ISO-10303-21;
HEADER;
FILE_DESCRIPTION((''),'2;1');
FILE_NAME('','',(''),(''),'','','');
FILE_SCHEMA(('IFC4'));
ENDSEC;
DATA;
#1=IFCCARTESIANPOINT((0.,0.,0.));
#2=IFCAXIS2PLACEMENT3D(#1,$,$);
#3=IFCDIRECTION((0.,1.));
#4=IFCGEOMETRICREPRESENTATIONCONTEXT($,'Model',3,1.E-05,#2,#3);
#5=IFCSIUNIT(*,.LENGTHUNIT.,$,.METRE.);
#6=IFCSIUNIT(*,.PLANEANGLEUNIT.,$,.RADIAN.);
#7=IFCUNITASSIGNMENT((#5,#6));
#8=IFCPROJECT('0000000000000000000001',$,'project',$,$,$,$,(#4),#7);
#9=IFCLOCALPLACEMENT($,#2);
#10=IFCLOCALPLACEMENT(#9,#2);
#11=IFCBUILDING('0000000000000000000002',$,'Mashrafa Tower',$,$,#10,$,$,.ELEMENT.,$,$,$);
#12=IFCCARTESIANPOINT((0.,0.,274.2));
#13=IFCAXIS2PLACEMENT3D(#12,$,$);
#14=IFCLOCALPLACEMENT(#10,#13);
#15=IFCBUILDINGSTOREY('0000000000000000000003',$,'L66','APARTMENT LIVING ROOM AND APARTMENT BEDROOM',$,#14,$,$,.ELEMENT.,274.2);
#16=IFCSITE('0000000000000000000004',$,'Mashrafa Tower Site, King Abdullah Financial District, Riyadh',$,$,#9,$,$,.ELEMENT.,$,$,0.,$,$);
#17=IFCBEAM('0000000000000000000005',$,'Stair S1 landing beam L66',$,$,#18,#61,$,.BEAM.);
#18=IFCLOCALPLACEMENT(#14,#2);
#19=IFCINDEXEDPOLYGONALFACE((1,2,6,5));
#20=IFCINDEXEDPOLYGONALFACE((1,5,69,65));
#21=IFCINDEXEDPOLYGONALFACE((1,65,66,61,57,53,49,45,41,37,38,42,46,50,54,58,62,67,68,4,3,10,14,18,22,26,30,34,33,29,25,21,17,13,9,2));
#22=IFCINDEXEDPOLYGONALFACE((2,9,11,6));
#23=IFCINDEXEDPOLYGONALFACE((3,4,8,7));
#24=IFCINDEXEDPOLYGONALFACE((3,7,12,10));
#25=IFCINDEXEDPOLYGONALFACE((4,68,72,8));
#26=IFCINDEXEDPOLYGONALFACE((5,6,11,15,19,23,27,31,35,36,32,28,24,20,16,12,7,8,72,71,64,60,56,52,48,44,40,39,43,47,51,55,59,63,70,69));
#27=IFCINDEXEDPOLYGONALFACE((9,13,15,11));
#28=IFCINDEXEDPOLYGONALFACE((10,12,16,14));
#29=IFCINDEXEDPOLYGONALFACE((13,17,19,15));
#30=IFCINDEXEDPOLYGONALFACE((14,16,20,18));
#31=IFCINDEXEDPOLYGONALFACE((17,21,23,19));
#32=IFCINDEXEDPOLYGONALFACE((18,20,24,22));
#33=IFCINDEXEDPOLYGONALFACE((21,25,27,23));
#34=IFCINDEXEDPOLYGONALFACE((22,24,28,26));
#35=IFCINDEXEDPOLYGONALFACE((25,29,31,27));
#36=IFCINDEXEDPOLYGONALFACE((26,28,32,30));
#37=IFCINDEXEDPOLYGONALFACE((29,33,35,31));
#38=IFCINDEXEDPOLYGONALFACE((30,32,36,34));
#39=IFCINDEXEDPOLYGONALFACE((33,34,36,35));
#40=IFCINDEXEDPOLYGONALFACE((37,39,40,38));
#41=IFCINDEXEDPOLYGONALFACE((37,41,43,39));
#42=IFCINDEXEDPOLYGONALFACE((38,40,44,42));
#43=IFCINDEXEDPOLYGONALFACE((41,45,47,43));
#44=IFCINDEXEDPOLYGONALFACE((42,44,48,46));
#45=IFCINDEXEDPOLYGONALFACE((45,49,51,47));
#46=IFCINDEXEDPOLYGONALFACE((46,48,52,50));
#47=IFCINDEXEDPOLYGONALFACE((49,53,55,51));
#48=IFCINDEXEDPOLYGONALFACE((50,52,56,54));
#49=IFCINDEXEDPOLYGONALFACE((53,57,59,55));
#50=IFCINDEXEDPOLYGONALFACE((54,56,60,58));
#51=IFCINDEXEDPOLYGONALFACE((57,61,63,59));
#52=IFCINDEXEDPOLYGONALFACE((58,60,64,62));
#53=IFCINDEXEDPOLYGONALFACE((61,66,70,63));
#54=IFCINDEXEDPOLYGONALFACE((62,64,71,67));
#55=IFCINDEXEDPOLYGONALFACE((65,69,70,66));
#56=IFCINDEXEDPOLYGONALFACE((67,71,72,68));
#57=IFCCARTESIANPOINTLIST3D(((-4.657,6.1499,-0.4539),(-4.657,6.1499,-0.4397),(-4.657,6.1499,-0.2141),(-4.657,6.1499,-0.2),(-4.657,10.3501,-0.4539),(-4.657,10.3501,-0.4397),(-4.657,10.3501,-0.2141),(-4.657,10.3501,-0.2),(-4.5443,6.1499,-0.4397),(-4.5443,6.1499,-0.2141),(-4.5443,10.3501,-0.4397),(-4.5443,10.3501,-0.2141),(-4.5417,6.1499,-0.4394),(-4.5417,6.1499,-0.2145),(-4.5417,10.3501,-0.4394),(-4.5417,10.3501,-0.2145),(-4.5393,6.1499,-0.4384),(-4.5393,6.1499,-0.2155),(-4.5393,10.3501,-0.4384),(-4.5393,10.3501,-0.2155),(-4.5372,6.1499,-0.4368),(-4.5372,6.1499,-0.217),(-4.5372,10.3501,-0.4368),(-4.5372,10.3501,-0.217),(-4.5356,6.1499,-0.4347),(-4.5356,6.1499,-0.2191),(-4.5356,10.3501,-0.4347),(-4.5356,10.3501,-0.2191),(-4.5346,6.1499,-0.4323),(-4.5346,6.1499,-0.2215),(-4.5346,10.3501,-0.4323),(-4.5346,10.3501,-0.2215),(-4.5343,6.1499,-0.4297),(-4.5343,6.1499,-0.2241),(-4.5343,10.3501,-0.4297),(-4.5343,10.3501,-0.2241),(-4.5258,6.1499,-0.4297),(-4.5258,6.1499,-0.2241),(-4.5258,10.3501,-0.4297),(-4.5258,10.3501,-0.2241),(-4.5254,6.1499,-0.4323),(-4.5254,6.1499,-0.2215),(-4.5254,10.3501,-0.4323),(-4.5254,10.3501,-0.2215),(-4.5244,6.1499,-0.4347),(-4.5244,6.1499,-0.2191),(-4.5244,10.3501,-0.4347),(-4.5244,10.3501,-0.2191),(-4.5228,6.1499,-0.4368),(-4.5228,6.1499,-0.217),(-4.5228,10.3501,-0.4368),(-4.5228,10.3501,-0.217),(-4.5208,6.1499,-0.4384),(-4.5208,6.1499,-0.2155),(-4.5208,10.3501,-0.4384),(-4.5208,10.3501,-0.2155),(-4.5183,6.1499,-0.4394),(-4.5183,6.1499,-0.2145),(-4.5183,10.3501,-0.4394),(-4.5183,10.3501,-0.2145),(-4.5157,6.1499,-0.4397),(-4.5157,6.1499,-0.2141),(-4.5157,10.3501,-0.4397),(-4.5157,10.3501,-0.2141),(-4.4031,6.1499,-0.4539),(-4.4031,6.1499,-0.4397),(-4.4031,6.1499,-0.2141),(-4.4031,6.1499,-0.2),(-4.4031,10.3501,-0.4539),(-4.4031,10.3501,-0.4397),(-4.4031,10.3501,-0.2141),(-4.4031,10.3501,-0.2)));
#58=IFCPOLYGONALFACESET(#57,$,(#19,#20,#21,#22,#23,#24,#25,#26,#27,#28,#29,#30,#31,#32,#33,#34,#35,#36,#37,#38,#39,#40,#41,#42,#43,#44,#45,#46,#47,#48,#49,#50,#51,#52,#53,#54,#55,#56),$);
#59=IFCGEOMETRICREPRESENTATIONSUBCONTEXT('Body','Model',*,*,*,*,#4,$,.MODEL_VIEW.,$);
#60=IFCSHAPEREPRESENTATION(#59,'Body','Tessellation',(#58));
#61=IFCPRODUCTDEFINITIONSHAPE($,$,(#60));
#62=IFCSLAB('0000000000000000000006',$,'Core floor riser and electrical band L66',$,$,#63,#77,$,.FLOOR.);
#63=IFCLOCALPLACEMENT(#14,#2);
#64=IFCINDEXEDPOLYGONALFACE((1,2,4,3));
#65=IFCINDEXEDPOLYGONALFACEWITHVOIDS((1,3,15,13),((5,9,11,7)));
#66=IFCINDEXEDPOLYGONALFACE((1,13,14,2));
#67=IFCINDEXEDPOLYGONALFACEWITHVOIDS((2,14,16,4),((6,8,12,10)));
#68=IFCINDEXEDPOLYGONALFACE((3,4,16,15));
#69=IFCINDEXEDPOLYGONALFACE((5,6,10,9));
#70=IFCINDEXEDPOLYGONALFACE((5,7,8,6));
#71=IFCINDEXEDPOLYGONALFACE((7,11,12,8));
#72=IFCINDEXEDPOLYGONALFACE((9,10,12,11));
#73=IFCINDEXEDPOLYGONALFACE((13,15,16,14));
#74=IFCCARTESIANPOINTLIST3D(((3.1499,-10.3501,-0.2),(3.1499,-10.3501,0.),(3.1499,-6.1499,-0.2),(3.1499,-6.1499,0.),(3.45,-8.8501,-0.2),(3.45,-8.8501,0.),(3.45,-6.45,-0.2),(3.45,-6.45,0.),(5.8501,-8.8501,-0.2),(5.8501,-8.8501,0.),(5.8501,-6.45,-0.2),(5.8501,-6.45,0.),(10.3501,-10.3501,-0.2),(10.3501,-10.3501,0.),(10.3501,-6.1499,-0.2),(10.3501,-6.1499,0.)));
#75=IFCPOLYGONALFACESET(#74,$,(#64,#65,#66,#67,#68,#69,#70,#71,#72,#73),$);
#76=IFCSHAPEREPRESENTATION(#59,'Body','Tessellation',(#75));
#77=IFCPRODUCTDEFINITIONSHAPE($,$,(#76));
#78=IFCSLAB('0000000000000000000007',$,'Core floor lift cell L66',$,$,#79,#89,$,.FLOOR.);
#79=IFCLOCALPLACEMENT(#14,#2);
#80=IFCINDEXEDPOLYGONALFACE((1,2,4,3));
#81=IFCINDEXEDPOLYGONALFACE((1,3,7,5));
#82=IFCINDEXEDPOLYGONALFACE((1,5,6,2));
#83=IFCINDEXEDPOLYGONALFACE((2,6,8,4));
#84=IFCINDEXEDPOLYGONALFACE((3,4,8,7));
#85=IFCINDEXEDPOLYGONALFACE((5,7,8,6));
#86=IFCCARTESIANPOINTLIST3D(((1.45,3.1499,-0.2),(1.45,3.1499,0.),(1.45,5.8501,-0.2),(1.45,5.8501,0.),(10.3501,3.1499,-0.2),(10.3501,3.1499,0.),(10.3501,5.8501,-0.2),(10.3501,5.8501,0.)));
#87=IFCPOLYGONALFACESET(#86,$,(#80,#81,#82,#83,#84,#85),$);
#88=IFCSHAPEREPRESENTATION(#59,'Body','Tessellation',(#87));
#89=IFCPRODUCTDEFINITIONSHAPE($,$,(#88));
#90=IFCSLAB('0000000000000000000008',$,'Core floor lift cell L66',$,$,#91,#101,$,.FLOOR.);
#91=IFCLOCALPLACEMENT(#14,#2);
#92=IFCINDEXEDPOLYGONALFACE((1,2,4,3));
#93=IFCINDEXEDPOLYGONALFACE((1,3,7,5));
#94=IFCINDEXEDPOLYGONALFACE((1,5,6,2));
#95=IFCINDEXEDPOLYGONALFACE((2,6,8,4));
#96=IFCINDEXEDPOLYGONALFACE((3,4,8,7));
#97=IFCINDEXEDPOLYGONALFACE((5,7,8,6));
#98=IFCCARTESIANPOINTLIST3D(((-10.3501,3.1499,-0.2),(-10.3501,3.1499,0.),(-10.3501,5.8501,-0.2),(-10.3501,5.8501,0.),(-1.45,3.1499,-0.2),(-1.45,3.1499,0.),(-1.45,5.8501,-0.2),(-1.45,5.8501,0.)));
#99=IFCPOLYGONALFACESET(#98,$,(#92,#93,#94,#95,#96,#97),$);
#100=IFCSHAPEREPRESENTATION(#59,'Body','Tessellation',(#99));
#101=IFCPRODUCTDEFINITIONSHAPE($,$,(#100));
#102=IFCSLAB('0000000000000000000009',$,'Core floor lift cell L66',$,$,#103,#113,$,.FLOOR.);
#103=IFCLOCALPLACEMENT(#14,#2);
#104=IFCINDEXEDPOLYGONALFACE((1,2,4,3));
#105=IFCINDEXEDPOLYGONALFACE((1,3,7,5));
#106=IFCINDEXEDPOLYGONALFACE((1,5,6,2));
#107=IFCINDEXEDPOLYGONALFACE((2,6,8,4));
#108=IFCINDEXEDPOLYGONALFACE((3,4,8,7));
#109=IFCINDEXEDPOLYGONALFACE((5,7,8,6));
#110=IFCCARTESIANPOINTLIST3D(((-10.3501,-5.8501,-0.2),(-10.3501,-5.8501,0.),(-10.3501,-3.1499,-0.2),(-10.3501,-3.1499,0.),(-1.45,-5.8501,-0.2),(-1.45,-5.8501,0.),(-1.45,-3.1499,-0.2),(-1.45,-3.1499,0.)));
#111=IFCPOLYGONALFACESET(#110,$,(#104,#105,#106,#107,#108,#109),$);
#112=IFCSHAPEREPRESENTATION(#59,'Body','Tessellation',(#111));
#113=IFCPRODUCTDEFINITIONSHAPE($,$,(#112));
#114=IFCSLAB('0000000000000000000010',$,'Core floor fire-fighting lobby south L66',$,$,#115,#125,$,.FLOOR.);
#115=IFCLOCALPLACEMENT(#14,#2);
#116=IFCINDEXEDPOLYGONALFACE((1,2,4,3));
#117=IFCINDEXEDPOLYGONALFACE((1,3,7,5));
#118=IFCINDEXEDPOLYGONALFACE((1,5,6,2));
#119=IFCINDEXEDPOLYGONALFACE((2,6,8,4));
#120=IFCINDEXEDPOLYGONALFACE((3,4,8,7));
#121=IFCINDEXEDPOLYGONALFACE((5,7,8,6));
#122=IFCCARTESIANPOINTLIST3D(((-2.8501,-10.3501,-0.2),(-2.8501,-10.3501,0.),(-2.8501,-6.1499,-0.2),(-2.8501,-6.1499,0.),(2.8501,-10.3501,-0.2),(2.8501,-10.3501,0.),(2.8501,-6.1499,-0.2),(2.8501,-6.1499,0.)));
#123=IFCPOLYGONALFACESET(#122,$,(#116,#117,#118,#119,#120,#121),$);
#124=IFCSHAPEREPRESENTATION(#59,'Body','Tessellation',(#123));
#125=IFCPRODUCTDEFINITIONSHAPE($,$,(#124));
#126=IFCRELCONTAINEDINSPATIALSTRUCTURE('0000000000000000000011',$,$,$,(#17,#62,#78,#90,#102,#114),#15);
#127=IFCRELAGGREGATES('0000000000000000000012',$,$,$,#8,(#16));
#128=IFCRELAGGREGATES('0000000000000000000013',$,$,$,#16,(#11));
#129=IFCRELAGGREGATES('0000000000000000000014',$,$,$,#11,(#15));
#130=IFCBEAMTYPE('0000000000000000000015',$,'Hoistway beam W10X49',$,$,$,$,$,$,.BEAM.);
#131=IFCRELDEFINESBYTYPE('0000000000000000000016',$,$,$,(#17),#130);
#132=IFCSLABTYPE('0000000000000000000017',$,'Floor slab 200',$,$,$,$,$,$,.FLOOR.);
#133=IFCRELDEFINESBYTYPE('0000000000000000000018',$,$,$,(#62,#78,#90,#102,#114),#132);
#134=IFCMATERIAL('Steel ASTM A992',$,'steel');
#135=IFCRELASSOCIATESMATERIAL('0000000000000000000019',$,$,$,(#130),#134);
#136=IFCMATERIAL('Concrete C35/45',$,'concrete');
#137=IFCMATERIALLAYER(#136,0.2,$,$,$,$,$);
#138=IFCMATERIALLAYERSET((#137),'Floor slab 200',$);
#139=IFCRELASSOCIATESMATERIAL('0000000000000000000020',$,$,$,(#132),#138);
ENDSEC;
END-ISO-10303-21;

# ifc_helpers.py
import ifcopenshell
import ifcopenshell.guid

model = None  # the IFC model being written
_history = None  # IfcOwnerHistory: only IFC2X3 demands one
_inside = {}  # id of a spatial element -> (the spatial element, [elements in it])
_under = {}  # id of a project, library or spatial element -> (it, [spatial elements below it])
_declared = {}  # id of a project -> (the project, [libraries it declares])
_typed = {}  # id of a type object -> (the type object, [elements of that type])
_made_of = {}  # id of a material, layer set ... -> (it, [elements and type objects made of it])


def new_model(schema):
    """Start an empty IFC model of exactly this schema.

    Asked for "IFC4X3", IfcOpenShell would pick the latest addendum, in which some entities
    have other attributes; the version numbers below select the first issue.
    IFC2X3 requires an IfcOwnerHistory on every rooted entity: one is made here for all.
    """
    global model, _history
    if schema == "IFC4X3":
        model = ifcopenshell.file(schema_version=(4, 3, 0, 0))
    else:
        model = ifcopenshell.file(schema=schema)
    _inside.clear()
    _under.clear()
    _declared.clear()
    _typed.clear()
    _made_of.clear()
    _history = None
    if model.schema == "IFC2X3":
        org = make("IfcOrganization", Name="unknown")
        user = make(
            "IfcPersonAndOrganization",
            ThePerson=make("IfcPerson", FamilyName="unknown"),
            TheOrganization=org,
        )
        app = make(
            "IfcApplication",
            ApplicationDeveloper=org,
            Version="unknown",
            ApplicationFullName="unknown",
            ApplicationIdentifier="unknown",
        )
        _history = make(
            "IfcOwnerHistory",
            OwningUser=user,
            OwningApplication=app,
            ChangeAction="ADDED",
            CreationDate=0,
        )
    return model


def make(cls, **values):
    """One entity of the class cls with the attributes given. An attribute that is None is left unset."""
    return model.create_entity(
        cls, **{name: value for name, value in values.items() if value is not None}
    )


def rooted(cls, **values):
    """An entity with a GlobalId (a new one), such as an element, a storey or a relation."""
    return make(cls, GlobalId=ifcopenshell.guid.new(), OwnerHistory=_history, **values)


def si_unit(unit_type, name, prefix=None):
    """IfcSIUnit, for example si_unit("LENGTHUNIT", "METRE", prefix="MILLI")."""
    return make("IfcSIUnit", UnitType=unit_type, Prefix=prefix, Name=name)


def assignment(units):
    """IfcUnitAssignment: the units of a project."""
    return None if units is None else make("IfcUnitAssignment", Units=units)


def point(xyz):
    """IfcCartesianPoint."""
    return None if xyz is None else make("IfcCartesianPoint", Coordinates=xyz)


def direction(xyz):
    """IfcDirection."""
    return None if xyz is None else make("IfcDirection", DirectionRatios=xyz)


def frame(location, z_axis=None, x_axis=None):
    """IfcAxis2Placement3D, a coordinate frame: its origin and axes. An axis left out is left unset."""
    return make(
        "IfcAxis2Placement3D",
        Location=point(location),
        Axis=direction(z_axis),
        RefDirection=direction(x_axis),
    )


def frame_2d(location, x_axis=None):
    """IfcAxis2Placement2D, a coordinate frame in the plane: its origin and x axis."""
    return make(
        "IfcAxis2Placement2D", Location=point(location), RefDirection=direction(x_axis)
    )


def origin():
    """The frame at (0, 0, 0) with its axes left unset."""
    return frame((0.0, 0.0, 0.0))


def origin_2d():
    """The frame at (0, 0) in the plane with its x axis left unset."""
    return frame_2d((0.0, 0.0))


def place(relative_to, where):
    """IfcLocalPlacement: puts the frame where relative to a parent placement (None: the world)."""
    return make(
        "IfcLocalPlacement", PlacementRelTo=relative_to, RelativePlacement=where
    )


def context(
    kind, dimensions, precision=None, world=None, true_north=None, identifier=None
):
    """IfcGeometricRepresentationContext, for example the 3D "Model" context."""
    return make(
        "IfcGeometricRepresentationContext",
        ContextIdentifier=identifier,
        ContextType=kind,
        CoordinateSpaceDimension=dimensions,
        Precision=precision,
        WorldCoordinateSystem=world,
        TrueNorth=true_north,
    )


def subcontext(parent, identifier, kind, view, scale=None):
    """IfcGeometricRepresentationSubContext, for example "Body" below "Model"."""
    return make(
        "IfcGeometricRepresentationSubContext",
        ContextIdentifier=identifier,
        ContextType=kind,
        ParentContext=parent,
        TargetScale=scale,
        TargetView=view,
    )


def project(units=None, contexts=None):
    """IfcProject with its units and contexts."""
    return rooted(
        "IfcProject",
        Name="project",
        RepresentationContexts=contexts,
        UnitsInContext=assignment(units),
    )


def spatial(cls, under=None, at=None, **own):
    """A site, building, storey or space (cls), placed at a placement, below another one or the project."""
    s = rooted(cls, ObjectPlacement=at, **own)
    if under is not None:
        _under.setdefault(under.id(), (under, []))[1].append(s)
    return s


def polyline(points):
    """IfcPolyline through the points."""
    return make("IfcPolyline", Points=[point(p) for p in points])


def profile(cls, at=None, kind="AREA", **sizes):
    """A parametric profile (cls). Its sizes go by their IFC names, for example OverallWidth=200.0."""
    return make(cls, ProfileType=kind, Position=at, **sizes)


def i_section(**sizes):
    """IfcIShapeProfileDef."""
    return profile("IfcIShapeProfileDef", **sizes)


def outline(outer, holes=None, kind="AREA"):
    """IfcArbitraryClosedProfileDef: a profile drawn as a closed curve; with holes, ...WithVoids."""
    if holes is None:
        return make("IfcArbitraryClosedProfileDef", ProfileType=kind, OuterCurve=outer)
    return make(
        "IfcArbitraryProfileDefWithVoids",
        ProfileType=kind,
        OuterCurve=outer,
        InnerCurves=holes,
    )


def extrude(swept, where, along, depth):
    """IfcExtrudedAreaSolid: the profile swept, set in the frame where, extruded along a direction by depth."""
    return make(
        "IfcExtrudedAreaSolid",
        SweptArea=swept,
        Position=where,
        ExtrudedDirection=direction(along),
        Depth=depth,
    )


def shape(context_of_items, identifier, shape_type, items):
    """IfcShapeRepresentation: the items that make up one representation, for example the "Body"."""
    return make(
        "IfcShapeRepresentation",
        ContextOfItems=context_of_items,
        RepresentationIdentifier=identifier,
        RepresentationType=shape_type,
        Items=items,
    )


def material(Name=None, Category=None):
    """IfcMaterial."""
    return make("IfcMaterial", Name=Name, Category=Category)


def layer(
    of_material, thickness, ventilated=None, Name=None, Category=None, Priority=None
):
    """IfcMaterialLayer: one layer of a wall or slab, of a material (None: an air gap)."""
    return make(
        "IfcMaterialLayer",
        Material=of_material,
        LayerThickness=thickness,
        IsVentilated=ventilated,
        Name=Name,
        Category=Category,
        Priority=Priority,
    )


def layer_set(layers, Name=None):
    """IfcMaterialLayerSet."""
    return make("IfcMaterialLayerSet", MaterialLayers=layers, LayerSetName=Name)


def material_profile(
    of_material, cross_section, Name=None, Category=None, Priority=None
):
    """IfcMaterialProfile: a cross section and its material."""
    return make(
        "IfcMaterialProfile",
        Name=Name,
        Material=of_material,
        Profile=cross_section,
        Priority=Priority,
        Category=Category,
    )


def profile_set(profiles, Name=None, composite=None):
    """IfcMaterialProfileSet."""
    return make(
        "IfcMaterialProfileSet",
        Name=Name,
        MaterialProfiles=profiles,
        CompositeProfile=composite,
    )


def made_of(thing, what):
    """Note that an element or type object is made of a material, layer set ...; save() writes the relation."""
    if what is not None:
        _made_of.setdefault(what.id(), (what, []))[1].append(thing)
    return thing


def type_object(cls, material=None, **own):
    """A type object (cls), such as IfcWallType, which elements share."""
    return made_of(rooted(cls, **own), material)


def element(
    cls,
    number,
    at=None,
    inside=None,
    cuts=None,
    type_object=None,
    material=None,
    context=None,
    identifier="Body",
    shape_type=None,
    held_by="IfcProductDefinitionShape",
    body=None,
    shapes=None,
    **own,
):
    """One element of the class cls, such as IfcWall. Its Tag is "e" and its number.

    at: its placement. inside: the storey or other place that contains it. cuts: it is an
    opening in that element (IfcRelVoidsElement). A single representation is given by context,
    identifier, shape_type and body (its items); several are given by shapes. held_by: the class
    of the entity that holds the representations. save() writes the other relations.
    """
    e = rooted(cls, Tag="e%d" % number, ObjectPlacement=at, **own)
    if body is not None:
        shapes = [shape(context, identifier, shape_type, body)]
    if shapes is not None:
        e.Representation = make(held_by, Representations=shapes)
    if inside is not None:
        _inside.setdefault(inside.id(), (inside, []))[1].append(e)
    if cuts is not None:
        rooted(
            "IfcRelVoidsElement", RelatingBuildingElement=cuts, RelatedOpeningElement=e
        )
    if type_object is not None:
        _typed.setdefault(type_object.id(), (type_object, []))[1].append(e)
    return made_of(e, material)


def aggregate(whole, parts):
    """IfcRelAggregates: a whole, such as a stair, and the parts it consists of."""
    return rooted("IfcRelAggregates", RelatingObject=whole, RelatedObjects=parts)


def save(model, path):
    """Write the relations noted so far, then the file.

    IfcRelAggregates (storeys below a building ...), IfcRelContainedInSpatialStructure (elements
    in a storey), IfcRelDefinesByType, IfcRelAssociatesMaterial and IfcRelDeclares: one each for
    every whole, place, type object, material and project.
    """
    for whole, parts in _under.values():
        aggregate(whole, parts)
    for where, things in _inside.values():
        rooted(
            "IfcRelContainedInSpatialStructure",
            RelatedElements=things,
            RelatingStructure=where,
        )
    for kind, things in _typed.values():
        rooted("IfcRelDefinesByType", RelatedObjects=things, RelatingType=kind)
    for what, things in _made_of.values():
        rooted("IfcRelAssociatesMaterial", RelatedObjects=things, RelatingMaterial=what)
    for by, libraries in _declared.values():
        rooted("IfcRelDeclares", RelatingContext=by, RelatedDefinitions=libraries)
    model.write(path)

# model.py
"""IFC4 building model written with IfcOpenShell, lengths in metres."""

from ifc_helpers import new_model, si_unit, direction, frame, origin, origin_2d, place, context, subcontext, project, spatial, polyline, i_section, outline, extrude, material, layer, layer_set, material_profile, profile_set, type_object, element, save


model = new_model("IFC4")

# Units and contexts
model_context = context("Model", 3, precision=1e-05, world=origin(), true_north=direction((0.0, 1.0)))
body_context = subcontext(model_context, "Body", "Model", "MODEL_VIEW")
ifc_project = project(units=[si_unit("LENGTHUNIT", "METRE"), si_unit("PLANEANGLEUNIT", "RADIAN")], contexts=[model_context])

# Site, building, storey
site_placement = place(None, origin())
site = spatial("IfcSite", under=ifc_project, at=site_placement, Name="Mashrafa Tower Site, King Abdullah Financial District, Riyadh", CompositionType="ELEMENT", RefElevation=0.0)
building_placement = place(site_placement, origin())
building = spatial("IfcBuilding", under=site, at=building_placement, Name="Mashrafa Tower", CompositionType="ELEMENT")
storey_placement = place(building_placement, frame((0.0, 0.0, 274.2)))
storey = spatial("IfcBuildingStorey", under=building, at=storey_placement, Name="L66", Description="APARTMENT LIVING ROOM AND APARTMENT BEDROOM", CompositionType="ELEMENT", Elevation=274.2)

# Beam
ifc_material_1 = material(Name="Steel ASTM A992", Category="steel")
ifc_material_profile = material_profile(ifc_material_1, i_section(OverallWidth=0.2539, OverallDepth=0.2539, WebThickness=0.0085, FlangeThickness=0.0142, FilletRadius=0.01, at=origin_2d()), Name="W10X49")
ifc_profile_set = profile_set([ifc_material_profile], Name="Steel ASTM A992")
beam_type = type_object("IfcBeamType", Name="Hoistway beam W10X49", PredefinedType="BEAM", material=ifc_profile_set)
beam_placement = place(storey_placement, frame((-4.53, 6.1499, -0.3269), z_axis=(0.0, 1.0, 0.0), x_axis=(-1.0, 0.0, 0.0)))
element("IfcBeam", 1, at=beam_placement, inside=storey, type_object=beam_type, Name="Stair S1 landing beam L66", PredefinedType="BEAM", context=body_context, shape_type="SweptSolid", body=[
    extrude(i_section(OverallWidth=0.2539, OverallDepth=0.2539, WebThickness=0.0085, FlangeThickness=0.0142, FilletRadius=0.01, at=origin_2d()), origin(), (0.0, 0.0, 1.0), 4.2002),
])

# Slabs
ifc_material_2 = material(Name="Concrete C35/45", Category="concrete")
ifc_layer_1 = layer(ifc_material_2, 0.2)
ifc_layer_set_1 = layer_set([ifc_layer_1], Name="Floor slab 200")
slab_type = type_object("IfcSlabType", Name="Floor slab 200", PredefinedType="FLOOR", material=ifc_layer_set_1)
slab_1_placement = place(storey_placement, frame((0.0, 0.0, -0.2)))
element("IfcSlab", 2, at=slab_1_placement, inside=storey, type_object=slab_type, Name="Core floor riser and electrical band L66", PredefinedType="FLOOR", context=body_context, shape_type="SweptSolid", body=[
    extrude(outline(polyline([(10.3501, -6.1499), (10.3501, -10.3501), (3.1499, -10.3501), (3.1499, -6.1499), (10.3501, -6.1499)]), holes=[polyline([(3.45, -8.8501), (5.8501, -8.8501), (5.8501, -6.45), (3.45, -6.45), (3.45, -8.8501)])]), origin(), (0.0, 0.0, 1.0), 0.2),
])
slab_2_placement = place(storey_placement, frame((0.0, 0.0, -0.2)))
element("IfcSlab", 3, at=slab_2_placement, inside=storey, type_object=slab_type, Name="Core floor lift cell L66", PredefinedType="FLOOR", context=body_context, shape_type="SweptSolid", body=[
    extrude(outline(polyline([(10.3501, 5.8501), (10.3501, 3.1499), (1.45, 3.1499), (1.45, 5.8501), (10.3501, 5.8501)])), origin(), (0.0, 0.0, 1.0), 0.2),
])
slab_3_placement = place(storey_placement, frame((0.0, 0.0, -0.2)))
element("IfcSlab", 4, at=slab_3_placement, inside=storey, type_object=slab_type, Name="Core floor lift cell L66", PredefinedType="FLOOR", context=body_context, shape_type="SweptSolid", body=[
    extrude(outline(polyline([(-1.45, 3.1499), (-10.3501, 3.1499), (-10.3501, 5.8501), (-1.45, 5.8501), (-1.45, 3.1499)])), origin(), (0.0, 0.0, 1.0), 0.2),
])
slab_4_placement = place(storey_placement, frame((0.0, 0.0, -0.2)))
element("IfcSlab", 5, at=slab_4_placement, inside=storey, type_object=slab_type, Name="Core floor lift cell L66", PredefinedType="FLOOR", context=body_context, shape_type="SweptSolid", body=[
    extrude(outline(polyline([(-1.45, -3.1499), (-1.45, -5.8501), (-10.3501, -5.8501), (-10.3501, -3.1499), (-1.45, -3.1499)])), origin(), (0.0, 0.0, 1.0), 0.2),
])
slab_5_placement = place(storey_placement, frame((0.0, 0.0, -0.2)))
element("IfcSlab", 6, at=slab_5_placement, inside=storey, type_object=slab_type, Name="Core floor fire-fighting lobby south L66", PredefinedType="FLOOR", context=body_context, shape_type="SweptSolid", body=[
    extrude(outline(polyline([(2.8501, -6.1499), (2.8501, -10.3501), (-2.8501, -10.3501), (-2.8501, -6.1499), (2.8501, -6.1499)])), origin(), (0.0, 0.0, 1.0), 0.2),
])

save(model, "model.ifc")
